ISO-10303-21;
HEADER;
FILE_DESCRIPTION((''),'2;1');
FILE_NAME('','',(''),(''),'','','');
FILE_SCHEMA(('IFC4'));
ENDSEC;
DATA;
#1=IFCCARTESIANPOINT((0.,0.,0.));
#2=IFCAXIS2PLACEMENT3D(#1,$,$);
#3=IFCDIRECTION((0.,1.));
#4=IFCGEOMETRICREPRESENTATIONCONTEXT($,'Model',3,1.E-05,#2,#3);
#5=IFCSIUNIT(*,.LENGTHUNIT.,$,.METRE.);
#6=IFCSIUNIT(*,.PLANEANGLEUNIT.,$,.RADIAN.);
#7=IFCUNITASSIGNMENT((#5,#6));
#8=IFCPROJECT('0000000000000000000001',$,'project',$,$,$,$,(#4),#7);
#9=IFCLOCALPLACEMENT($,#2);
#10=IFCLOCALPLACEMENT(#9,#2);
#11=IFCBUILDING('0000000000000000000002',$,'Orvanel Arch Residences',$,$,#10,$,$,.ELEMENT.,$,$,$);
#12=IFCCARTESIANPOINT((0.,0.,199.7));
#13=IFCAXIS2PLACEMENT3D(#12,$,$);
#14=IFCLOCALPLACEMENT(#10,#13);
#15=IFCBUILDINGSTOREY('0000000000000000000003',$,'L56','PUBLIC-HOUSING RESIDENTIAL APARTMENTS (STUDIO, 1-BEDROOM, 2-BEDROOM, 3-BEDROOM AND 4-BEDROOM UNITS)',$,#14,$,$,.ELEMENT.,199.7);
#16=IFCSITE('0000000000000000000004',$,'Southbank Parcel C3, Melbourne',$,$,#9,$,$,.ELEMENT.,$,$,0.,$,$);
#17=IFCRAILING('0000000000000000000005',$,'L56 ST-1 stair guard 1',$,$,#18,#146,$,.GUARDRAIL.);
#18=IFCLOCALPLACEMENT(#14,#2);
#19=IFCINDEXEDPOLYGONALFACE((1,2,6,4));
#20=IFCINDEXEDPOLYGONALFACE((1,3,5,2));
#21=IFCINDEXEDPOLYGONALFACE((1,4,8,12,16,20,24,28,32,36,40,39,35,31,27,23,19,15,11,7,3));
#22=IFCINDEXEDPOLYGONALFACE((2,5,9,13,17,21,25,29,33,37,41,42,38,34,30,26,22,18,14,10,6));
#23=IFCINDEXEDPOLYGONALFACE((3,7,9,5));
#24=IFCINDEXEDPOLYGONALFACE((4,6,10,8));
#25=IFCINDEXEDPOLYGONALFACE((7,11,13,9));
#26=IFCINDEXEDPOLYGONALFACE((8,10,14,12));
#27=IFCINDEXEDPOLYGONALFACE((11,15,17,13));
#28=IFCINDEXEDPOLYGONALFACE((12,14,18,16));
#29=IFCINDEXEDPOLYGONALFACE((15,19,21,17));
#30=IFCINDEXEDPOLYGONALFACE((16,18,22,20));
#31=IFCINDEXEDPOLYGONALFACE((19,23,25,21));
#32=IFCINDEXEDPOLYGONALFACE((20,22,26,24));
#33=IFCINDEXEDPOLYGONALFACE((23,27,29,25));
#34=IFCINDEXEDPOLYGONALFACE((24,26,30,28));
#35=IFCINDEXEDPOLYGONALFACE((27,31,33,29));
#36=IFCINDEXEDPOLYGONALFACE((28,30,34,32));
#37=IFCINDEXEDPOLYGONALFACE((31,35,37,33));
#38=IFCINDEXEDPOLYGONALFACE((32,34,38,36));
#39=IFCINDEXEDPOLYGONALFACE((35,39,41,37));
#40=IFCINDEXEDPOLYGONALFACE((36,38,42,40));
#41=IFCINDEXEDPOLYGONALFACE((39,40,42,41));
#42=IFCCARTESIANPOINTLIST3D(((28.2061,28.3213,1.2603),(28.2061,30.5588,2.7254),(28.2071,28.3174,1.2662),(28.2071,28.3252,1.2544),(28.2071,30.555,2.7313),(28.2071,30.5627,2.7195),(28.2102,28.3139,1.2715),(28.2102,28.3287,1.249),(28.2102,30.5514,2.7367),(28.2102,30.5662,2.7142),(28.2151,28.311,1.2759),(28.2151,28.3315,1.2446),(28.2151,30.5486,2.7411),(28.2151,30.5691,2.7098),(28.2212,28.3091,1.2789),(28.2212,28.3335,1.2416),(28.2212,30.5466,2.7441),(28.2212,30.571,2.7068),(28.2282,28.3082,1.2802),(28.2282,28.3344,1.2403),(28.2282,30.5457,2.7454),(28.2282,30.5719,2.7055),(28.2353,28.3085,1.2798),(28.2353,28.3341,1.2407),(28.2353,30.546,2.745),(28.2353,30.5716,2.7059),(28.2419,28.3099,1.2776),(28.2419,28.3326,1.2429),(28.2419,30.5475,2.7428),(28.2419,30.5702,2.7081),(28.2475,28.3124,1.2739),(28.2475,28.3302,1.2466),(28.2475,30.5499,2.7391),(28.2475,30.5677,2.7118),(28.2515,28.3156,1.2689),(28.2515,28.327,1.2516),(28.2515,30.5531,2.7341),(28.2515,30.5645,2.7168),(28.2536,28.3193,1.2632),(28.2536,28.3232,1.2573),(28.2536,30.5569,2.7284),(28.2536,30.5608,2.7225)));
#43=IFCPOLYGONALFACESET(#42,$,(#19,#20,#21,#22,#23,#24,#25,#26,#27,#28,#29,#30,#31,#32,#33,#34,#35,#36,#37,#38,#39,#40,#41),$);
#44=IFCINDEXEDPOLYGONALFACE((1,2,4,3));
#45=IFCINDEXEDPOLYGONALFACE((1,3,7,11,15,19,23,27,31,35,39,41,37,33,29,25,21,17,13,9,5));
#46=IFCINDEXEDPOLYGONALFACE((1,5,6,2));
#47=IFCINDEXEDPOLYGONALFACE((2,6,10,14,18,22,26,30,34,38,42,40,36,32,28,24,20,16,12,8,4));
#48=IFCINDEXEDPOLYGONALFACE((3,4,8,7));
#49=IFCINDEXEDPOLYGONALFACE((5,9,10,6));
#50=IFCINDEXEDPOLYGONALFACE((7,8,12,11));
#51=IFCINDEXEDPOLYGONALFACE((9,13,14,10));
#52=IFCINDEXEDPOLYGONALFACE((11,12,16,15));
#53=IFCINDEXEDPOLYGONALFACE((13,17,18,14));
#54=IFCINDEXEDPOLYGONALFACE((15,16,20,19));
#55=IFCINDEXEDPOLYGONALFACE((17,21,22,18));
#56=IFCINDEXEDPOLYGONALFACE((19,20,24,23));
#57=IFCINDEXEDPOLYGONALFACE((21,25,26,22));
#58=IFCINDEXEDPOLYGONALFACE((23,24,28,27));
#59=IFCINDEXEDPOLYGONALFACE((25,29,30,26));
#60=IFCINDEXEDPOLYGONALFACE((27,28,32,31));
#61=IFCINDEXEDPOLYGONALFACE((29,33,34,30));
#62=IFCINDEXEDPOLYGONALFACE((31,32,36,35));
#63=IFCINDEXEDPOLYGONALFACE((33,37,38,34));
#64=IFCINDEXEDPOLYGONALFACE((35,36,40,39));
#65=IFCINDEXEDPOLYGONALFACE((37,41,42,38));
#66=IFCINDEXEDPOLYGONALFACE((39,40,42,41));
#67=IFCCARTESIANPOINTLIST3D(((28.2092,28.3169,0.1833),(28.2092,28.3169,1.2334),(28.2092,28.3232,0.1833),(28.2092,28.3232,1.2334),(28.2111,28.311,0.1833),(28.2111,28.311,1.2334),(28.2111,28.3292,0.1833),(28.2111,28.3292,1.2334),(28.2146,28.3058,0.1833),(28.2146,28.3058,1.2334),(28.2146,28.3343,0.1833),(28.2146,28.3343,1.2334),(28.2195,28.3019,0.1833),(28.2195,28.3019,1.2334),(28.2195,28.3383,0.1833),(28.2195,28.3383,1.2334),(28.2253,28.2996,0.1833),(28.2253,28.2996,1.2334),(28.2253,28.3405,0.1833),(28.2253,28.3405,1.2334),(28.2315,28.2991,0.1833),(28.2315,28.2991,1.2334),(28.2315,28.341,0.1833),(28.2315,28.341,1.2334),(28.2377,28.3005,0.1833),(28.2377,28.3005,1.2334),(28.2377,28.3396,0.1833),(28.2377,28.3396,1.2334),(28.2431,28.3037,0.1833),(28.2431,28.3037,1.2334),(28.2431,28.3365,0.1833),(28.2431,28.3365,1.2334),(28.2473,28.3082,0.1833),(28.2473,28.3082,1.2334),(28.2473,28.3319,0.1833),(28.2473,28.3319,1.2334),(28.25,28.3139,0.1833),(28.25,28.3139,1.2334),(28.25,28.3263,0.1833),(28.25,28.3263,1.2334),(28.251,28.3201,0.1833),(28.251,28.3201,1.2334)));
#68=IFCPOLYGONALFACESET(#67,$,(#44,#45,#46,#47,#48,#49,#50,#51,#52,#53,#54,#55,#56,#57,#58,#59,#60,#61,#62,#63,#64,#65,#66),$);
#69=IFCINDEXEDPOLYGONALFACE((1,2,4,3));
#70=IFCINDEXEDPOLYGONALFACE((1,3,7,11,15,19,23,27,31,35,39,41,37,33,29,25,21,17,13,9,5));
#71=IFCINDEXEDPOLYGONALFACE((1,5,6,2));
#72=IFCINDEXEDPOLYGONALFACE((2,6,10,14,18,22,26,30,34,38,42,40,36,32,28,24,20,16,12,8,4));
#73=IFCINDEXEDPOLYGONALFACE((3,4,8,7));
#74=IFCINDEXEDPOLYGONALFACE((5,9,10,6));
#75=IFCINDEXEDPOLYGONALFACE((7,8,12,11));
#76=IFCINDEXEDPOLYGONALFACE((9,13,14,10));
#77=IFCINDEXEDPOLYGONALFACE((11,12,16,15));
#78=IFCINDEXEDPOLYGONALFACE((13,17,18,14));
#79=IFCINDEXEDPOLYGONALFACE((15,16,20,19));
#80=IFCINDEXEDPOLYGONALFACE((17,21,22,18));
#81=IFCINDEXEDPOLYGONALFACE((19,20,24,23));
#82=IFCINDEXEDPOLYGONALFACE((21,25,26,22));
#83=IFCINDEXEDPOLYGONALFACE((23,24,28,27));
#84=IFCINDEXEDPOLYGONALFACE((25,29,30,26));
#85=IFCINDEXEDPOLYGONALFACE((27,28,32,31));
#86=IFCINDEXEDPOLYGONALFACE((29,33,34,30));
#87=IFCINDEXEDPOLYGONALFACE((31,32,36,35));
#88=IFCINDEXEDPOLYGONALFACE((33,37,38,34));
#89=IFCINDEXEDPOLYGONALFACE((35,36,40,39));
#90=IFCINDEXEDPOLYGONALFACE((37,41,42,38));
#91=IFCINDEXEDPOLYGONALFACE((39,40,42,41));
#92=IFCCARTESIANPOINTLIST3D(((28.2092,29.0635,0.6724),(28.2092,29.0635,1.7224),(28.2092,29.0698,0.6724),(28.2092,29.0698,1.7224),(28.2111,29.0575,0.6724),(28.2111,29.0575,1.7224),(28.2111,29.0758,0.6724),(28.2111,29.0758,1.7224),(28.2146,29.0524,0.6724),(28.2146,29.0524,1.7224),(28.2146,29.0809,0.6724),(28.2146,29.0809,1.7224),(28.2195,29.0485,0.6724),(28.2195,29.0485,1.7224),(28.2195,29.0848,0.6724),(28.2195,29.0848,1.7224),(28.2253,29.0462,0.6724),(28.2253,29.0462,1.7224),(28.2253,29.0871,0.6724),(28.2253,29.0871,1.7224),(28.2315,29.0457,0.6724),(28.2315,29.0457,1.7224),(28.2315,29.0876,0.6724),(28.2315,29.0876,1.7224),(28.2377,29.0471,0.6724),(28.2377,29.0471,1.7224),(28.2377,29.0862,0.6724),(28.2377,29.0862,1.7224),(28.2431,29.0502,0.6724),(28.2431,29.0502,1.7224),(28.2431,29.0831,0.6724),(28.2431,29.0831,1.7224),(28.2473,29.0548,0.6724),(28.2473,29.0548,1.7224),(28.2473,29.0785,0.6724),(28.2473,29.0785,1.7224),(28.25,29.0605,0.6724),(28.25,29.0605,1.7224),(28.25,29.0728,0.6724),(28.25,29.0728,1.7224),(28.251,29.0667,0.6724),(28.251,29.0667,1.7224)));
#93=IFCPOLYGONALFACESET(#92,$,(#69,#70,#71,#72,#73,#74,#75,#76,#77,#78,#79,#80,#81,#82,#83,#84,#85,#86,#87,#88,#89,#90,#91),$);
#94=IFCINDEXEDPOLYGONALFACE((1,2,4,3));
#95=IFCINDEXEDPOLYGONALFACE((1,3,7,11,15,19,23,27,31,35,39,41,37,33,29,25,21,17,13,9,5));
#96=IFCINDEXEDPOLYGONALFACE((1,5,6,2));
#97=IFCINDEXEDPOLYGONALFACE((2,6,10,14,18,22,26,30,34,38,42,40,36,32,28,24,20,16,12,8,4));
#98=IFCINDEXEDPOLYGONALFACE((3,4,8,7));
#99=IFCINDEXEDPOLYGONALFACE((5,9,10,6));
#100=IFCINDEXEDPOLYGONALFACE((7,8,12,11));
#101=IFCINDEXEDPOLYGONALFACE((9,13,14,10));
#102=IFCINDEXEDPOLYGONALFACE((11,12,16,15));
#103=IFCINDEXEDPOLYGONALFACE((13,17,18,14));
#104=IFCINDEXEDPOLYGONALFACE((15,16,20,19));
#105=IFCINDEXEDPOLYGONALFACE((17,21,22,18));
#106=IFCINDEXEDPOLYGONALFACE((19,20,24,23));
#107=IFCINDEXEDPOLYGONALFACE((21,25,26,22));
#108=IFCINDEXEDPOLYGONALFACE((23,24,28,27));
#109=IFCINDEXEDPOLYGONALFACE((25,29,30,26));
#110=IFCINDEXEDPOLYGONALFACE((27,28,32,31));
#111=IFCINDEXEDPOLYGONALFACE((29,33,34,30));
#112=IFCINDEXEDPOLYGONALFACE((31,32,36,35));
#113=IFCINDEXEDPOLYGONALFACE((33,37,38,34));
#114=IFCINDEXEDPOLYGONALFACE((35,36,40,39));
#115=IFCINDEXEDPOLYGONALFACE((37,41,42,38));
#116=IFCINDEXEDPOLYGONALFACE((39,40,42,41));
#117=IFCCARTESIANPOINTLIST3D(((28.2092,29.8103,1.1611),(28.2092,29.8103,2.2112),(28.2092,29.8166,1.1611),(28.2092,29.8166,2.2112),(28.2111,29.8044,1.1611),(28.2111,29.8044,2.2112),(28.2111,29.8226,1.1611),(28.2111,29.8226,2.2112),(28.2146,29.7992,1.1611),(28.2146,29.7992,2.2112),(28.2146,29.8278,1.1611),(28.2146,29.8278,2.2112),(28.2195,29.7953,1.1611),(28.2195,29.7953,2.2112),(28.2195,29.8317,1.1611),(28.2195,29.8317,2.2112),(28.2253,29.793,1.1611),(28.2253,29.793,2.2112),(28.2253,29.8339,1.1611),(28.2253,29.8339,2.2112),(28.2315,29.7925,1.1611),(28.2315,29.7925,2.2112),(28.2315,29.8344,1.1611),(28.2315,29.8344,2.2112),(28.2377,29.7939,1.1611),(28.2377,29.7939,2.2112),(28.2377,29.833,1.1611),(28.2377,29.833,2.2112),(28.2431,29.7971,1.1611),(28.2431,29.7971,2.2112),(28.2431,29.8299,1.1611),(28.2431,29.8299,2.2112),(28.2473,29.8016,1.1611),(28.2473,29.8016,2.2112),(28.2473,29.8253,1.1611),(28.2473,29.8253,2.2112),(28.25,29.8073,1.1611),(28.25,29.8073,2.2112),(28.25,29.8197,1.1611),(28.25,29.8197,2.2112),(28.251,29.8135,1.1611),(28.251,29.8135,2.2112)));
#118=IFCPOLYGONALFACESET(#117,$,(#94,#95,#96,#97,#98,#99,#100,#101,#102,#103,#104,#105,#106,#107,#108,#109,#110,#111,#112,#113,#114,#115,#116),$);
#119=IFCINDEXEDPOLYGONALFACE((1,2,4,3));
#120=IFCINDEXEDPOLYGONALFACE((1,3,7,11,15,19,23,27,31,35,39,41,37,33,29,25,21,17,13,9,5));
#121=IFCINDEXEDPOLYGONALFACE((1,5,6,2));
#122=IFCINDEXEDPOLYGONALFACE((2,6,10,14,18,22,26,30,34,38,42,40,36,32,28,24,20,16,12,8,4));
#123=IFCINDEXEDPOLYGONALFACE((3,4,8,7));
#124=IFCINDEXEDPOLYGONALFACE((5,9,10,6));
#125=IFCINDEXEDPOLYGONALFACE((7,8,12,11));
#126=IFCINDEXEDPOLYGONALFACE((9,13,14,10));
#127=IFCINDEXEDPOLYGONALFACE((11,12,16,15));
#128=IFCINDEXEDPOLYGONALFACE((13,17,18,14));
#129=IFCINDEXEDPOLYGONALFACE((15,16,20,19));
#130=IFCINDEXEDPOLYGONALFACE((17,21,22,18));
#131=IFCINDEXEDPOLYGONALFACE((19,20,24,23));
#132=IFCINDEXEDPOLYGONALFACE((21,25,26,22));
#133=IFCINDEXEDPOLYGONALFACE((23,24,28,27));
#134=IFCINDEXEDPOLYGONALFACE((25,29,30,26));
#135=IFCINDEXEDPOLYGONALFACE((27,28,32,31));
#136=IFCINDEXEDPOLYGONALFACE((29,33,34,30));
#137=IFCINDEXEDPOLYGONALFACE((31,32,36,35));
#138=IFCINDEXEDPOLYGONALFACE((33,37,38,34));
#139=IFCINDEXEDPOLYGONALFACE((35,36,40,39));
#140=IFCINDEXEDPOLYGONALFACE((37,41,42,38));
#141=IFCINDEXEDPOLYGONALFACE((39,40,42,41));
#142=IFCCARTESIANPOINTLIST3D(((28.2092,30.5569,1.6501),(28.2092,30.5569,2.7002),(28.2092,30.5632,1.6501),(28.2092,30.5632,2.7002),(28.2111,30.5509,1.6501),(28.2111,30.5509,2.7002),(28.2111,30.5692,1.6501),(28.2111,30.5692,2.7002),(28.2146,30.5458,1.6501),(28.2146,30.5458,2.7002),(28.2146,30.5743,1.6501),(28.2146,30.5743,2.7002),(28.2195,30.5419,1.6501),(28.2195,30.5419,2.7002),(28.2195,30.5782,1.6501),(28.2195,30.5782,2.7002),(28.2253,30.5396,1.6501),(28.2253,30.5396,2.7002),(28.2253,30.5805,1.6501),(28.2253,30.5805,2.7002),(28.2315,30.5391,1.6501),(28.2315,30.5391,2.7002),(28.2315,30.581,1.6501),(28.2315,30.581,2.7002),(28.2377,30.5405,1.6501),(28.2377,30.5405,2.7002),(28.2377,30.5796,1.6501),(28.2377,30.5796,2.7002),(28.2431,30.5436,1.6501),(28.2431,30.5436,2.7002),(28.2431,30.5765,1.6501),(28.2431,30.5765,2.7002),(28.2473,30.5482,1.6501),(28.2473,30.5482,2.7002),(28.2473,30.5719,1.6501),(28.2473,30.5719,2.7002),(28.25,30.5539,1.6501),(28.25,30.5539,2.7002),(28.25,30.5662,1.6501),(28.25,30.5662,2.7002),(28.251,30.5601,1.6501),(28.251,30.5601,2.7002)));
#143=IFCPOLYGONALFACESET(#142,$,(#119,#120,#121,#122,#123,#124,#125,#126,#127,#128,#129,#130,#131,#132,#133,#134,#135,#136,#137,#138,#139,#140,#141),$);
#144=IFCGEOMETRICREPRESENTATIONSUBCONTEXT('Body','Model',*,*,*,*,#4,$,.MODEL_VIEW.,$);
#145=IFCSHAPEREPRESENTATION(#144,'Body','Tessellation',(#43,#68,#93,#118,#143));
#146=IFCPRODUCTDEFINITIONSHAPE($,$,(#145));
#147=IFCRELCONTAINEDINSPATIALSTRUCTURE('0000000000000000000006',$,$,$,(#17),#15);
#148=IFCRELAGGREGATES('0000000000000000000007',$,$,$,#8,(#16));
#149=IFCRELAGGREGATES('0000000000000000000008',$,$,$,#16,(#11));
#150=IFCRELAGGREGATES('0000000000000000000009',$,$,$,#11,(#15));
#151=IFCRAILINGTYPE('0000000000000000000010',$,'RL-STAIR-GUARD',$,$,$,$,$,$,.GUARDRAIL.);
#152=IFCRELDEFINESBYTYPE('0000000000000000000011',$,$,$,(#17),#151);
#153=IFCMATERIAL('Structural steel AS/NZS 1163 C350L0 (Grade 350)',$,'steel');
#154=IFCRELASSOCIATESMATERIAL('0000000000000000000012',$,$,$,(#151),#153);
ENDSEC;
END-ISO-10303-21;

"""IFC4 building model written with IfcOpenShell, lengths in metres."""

from ifc_helpers import new_model, si_unit, direction, frame, origin, origin_2d, place, context, subcontext, project, spatial, circle, extrude, material, type_object, element, save


model = new_model("IFC4")

# Units and contexts
model_context = context("Model", 3, precision=1e-05, world=origin(), true_north=direction((0.0, 1.0)))
body_context = subcontext(model_context, "Body", "Model", "MODEL_VIEW")
ifc_project = project(units=[si_unit("LENGTHUNIT", "METRE"), si_unit("PLANEANGLEUNIT", "RADIAN")], contexts=[model_context])

# Site, building, storey
site_placement = place(None, origin())
site = spatial("IfcSite", under=ifc_project, at=site_placement, Name="Southbank Parcel C3, Melbourne", CompositionType="ELEMENT", RefElevation=0.0)
building_placement = place(site_placement, origin())
building = spatial("IfcBuilding", under=site, at=building_placement, Name="Orvanel Arch Residences", CompositionType="ELEMENT")
storey_placement = place(building_placement, frame((0.0, 0.0, 199.7)))
storey = spatial("IfcBuildingStorey", under=building, at=storey_placement, Name="L56", Description="PUBLIC-HOUSING RESIDENTIAL APARTMENTS (STUDIO, 1-BEDROOM, 2-BEDROOM, 3-BEDROOM AND 4-BEDROOM UNITS)", CompositionType="ELEMENT", Elevation=199.7)

# Railing
ifc_material_1 = material(Name="Structural steel AS/NZS 1163 C350L0 (Grade 350)", Category="steel")
railing_type_1 = type_object("IfcRailingType", Name="RL-STAIR-GUARD", PredefinedType="GUARDRAIL", material=ifc_material_1)
railing_1_placement = place(storey_placement, frame((28.23, 28.3201, 0.1833)))
element("IfcRailing", 1, at=railing_1_placement, inside=storey, type_object=railing_type_1, Name="L56 ST-1 stair guard 1", PredefinedType="GUARDRAIL", context=body_context, shape_type="SweptSolid", body=[
    extrude(circle(Radius=0.0239, at=origin_2d()), frame((0.0, 0.0012, 1.0769), z_axis=(0.0, 0.836595, 0.547822), x_axis=(-1.0, 0.0, 0.0)), (0.0, 0.0, 1.0), 2.6746),
    extrude(circle(Radius=0.021, at=origin_2d()), origin(), (0.0, 0.0, 1.0), 1.05),
    extrude(circle(Radius=0.021, at=origin_2d()), frame((0.0, 0.7466, 0.489)), (0.0, 0.0, 1.0), 1.05),
    extrude(circle(Radius=0.021, at=origin_2d()), frame((0.0, 1.4934, 0.9778)), (0.0, 0.0, 1.0), 1.05),
    extrude(circle(Radius=0.021, at=origin_2d()), frame((0.0, 2.24, 1.4668)), (0.0, 0.0, 1.0), 1.05),
])

save(model, "model.ifc")
